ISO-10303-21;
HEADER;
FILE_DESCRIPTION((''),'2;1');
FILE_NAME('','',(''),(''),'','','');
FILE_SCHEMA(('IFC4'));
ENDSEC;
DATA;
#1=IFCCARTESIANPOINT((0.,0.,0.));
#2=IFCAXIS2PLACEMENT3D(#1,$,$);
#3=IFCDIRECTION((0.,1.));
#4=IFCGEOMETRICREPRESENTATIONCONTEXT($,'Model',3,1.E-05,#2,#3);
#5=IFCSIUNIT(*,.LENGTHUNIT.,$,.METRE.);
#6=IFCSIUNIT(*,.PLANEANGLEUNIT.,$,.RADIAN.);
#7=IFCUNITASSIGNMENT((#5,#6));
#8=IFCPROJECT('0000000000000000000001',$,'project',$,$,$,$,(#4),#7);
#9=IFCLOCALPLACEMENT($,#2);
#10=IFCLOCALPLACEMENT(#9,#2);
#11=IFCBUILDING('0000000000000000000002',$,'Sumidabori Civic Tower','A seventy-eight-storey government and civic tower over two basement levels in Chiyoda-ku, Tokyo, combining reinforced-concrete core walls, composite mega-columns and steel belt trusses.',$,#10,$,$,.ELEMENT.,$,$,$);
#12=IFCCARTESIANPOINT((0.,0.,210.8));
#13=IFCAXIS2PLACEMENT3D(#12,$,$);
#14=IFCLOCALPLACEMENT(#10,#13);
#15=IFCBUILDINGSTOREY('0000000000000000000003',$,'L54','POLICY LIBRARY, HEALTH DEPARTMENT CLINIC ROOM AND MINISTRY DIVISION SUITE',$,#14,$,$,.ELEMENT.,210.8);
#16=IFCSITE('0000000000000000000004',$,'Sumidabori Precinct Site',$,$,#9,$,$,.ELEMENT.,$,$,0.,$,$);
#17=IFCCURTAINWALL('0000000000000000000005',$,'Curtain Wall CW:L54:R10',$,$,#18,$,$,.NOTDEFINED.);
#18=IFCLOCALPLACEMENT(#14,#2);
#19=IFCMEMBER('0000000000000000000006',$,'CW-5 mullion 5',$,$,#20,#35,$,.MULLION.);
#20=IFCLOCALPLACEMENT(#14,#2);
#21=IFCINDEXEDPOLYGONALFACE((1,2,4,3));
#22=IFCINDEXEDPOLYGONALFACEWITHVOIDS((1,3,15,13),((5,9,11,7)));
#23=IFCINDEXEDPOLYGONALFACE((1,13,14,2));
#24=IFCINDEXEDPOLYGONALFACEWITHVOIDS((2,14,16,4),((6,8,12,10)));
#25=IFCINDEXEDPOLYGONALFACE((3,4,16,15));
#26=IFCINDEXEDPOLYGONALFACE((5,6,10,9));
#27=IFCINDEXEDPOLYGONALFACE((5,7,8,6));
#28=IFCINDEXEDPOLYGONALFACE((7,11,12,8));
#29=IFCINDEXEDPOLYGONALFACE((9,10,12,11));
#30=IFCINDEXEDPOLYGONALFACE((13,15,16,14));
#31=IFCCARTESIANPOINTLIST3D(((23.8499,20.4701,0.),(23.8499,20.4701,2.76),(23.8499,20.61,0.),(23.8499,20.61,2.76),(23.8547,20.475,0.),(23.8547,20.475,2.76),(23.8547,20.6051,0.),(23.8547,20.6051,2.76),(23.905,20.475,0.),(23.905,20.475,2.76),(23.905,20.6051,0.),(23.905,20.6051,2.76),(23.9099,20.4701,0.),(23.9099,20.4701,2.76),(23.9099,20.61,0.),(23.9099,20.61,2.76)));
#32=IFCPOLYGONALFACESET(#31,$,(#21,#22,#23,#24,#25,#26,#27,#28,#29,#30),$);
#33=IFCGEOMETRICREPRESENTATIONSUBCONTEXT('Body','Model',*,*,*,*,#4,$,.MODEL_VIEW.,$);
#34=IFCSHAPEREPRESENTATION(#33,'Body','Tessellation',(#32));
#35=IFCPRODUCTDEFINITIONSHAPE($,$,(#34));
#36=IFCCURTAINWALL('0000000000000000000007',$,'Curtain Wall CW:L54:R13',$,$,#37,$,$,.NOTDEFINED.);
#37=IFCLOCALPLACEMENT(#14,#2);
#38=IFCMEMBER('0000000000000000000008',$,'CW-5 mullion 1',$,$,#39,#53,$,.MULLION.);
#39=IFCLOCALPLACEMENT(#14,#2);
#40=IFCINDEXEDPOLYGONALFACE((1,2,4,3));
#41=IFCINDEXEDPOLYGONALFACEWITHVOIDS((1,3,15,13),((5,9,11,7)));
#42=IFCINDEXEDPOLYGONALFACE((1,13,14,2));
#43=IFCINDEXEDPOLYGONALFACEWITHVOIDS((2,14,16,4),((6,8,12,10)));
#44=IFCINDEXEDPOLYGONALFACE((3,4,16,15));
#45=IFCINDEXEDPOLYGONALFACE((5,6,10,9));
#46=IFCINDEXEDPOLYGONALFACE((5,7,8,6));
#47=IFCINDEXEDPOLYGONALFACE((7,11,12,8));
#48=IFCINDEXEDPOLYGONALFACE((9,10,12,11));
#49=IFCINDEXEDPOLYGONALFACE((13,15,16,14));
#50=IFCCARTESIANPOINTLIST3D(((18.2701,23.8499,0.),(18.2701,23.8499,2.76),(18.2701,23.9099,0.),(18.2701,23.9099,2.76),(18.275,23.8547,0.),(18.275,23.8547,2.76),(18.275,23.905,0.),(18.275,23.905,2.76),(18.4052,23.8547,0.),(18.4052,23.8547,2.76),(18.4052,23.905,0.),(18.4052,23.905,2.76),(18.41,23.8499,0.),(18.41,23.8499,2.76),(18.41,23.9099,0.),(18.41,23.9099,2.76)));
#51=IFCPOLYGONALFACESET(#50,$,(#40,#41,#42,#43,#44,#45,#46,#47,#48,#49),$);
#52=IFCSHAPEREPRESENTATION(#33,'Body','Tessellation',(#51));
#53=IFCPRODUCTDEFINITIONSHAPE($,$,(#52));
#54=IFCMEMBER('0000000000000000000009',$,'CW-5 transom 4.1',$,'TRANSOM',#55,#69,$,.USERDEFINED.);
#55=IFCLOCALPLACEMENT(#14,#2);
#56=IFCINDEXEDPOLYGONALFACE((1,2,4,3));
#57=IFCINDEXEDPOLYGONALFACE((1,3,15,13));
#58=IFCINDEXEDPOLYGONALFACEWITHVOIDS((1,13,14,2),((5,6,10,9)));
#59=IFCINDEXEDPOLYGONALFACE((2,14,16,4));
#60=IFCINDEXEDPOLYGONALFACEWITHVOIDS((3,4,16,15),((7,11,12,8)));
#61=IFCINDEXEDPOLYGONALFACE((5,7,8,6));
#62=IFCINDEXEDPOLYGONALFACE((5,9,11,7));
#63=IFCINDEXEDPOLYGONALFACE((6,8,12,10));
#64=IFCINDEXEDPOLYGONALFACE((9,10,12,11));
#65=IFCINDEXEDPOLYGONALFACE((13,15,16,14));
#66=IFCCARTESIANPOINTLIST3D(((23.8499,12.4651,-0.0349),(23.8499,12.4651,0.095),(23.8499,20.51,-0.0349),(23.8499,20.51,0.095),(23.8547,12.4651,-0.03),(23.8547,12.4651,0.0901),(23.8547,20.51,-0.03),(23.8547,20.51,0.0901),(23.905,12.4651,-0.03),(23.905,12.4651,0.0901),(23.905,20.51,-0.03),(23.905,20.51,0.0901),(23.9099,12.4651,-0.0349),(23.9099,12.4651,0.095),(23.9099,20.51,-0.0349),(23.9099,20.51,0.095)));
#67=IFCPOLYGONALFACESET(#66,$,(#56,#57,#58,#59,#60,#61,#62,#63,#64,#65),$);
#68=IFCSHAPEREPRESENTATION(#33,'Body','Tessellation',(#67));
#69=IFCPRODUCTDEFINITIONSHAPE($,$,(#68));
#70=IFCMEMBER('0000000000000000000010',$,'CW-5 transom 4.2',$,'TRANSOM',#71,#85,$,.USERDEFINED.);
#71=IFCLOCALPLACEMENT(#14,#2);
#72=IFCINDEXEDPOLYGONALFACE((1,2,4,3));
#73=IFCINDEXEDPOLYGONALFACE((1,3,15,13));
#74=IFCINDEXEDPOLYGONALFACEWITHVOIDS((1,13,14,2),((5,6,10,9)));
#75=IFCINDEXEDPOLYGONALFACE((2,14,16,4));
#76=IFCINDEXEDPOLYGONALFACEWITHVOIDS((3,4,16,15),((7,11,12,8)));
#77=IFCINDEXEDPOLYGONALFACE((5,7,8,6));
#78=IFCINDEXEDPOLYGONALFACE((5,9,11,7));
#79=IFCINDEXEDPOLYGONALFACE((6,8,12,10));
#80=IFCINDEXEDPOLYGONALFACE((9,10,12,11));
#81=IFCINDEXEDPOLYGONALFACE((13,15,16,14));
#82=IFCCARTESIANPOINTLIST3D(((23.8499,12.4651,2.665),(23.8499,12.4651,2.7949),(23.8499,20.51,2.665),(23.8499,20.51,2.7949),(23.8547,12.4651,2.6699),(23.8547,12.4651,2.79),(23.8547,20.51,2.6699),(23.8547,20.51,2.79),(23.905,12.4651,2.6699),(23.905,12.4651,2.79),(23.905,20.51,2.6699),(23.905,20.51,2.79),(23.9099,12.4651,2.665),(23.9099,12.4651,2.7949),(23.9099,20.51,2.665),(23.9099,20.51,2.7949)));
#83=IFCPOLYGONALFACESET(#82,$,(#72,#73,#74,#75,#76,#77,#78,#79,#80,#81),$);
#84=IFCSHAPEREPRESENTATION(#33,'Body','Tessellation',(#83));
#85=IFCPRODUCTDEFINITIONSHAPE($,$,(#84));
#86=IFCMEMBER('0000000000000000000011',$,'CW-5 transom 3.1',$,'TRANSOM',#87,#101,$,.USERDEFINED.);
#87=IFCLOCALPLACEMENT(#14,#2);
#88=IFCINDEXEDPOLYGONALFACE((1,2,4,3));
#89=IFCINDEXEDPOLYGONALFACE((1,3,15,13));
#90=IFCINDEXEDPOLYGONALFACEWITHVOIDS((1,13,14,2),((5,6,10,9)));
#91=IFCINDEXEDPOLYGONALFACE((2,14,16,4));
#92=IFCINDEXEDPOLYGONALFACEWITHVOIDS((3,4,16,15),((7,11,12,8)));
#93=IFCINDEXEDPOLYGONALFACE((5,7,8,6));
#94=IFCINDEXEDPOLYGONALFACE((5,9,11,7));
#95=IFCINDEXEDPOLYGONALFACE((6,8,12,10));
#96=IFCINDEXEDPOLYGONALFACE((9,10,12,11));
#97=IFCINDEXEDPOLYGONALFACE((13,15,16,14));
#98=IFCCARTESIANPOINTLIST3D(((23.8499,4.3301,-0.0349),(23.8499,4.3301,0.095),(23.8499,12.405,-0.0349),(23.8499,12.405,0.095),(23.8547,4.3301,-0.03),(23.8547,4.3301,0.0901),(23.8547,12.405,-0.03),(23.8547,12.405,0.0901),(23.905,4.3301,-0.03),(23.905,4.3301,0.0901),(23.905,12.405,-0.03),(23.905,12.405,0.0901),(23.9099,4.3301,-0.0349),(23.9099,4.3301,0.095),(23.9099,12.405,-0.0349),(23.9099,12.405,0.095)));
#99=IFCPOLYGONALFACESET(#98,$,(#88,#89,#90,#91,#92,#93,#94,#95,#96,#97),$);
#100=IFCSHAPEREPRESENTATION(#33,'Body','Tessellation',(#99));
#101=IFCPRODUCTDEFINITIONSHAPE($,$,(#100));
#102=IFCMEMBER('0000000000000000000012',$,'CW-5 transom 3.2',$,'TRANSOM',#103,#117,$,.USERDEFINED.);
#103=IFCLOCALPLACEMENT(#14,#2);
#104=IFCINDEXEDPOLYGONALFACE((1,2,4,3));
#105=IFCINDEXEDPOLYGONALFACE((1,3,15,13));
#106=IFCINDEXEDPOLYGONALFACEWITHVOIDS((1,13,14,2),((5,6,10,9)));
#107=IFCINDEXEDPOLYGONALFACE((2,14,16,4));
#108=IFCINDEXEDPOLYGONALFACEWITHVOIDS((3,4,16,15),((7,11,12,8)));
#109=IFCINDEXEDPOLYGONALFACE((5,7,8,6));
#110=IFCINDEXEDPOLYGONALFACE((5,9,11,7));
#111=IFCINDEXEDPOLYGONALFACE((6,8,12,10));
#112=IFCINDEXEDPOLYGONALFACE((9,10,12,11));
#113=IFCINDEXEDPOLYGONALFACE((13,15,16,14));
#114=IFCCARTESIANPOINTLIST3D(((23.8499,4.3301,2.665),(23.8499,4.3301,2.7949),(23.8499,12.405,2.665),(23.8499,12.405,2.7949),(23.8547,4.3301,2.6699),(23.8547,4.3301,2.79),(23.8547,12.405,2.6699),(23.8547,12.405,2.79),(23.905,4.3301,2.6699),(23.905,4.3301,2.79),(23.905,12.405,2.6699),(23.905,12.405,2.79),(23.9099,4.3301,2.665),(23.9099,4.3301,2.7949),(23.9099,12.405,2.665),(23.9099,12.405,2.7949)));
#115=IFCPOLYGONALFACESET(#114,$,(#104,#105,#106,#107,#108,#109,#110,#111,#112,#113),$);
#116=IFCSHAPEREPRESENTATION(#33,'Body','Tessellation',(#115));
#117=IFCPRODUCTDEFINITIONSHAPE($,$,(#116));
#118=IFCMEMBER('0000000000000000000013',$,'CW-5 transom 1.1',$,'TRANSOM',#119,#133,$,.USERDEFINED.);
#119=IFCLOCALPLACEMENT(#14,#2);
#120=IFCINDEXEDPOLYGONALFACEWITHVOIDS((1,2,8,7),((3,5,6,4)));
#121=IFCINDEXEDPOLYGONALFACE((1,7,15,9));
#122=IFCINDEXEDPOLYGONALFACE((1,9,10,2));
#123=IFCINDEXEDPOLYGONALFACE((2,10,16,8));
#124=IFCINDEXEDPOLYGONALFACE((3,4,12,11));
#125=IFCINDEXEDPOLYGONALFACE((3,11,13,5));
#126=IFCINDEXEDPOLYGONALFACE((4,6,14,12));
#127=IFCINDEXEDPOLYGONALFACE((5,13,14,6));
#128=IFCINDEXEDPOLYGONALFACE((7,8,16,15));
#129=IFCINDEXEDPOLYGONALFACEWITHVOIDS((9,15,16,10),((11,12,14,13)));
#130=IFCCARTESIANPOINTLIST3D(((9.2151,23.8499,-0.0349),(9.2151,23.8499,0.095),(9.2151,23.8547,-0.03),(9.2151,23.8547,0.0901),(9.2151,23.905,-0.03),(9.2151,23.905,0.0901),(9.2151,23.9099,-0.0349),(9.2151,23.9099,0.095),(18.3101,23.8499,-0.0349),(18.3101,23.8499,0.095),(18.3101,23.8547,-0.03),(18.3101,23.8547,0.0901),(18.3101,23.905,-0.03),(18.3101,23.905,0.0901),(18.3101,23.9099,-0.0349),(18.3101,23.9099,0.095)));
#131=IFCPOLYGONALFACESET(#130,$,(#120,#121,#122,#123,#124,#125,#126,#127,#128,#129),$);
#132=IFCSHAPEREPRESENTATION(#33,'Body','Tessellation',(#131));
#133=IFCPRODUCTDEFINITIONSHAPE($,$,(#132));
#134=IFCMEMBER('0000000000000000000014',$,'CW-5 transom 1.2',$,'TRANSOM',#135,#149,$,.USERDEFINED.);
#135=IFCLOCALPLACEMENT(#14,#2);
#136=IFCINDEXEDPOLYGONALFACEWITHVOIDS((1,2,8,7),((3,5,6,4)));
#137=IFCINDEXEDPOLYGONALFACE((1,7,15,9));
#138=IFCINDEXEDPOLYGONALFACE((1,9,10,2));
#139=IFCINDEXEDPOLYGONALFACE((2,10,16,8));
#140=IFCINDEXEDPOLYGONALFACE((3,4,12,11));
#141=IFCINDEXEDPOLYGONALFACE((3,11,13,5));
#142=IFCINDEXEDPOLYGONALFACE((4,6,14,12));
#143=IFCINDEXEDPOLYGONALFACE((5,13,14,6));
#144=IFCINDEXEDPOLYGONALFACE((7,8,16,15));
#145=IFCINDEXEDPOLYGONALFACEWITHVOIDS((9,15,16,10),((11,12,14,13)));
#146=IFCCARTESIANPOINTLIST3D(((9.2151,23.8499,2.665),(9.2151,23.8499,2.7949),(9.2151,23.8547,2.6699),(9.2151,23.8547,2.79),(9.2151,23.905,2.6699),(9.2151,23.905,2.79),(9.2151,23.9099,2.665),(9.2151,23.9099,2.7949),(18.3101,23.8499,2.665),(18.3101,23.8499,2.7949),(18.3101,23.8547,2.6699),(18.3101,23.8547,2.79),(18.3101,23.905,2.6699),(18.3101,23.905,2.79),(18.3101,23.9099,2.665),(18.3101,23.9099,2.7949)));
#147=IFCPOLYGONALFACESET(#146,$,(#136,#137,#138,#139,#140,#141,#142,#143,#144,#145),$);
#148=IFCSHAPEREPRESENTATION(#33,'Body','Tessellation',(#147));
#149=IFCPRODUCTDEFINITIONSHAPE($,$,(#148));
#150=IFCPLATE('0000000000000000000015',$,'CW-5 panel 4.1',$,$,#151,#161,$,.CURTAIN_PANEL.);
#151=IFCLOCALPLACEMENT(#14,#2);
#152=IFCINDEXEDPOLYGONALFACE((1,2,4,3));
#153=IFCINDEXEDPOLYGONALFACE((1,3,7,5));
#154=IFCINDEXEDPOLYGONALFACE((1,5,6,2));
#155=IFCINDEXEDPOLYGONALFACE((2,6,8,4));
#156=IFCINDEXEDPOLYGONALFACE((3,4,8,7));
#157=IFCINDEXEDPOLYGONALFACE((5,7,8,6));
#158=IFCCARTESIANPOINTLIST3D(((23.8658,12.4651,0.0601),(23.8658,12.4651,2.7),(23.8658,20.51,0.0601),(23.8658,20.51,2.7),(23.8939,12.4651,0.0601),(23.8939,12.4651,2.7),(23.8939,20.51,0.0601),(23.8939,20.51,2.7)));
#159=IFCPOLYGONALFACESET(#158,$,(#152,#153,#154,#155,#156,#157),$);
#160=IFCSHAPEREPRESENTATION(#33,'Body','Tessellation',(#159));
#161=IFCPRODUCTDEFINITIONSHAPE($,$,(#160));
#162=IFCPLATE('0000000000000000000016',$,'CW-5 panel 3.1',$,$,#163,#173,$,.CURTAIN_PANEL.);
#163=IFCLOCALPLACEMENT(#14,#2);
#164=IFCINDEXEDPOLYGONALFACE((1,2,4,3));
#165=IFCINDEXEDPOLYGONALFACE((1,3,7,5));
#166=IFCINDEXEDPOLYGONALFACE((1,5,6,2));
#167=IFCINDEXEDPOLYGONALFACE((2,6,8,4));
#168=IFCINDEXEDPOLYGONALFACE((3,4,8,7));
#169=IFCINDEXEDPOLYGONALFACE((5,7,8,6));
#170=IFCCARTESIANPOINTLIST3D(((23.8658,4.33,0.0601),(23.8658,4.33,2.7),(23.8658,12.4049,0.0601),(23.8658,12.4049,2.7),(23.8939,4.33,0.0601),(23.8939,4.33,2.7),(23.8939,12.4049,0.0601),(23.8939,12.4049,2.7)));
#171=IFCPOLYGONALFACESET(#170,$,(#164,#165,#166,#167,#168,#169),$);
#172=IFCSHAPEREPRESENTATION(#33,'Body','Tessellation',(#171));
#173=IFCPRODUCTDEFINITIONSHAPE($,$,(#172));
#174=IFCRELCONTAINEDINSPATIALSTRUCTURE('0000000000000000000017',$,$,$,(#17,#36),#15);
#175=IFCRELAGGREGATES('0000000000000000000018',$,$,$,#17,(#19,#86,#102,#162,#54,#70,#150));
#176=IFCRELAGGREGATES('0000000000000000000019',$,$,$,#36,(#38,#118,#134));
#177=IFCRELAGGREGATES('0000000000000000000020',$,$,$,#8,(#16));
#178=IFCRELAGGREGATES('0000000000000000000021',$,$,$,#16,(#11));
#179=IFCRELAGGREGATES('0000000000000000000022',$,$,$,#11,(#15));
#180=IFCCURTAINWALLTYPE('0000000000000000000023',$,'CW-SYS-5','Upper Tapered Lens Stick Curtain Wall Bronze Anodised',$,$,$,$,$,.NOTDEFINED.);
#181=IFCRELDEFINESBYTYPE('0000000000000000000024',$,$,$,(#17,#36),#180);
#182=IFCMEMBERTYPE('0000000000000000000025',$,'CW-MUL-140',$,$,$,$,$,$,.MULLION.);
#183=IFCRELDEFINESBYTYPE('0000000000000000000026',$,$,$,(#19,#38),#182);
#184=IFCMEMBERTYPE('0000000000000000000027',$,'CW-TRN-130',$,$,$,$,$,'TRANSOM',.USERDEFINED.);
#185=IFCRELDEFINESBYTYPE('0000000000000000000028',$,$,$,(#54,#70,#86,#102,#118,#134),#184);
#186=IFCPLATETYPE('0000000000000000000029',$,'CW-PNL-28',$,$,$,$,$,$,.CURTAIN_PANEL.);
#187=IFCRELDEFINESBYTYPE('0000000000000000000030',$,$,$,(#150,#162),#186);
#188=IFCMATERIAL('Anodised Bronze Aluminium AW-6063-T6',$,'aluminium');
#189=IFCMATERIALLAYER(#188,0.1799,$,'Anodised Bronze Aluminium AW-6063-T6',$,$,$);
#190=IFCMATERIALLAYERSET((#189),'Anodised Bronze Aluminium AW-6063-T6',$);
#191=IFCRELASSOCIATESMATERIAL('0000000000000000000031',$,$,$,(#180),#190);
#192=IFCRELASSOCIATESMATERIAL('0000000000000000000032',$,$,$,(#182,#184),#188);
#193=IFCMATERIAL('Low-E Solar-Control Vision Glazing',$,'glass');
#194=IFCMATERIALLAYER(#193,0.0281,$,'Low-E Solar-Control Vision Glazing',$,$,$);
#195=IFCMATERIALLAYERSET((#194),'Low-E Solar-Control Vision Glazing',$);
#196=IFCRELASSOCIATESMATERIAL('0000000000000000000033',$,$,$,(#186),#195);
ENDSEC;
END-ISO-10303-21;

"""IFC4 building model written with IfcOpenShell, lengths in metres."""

from ifc_helpers import new_model, si_unit, direction, frame, origin, origin_2d, place, context, subcontext, project, spatial, rectangle, hollow_rectangle, extrude, source, transform, mapped, material, layer, layer_set, material_profile, profile_set, type_object, element, aggregate, save


model = new_model("IFC4")

# Units and contexts
model_context = context("Model", 3, precision=1e-05, world=origin(), true_north=direction((0.0, 1.0)))
body_context = subcontext(model_context, "Body", "Model", "MODEL_VIEW")
ifc_project = project(units=[si_unit("LENGTHUNIT", "METRE"), si_unit("PLANEANGLEUNIT", "RADIAN")], contexts=[model_context])

# Site, building, storey
site_placement = place(None, origin())
site = spatial("IfcSite", under=ifc_project, at=site_placement, Name="Sumidabori Precinct Site", CompositionType="ELEMENT", RefElevation=0.0)
building_placement = place(site_placement, origin())
building = spatial("IfcBuilding", under=site, at=building_placement, Name="Sumidabori Civic Tower", Description="A seventy-eight-storey government and civic tower over two basement levels in Chiyoda-ku, Tokyo, combining reinforced-concrete core walls, composite mega-columns and steel belt trusses.", CompositionType="ELEMENT")
storey_placement = place(building_placement, frame((0.0, 0.0, 210.8)))
storey = spatial("IfcBuildingStorey", under=building, at=storey_placement, Name="L54", Description="POLICY LIBRARY, HEALTH DEPARTMENT CLINIC ROOM AND MINISTRY DIVISION SUITE", CompositionType="ELEMENT", Elevation=210.8)

# Curtain wall, member
ifc_material_1 = material(Name="Anodised Bronze Aluminium AW-6063-T6", Category="aluminium")
ifc_layer_1 = layer(ifc_material_1, 0.1799, Name="Anodised Bronze Aluminium AW-6063-T6")
ifc_layer_set_1 = layer_set([ifc_layer_1], Name="Anodised Bronze Aluminium AW-6063-T6")
curtain_wall_type = type_object("IfcCurtainWallType", Name="CW-SYS-5", Description="Upper Tapered Lens Stick Curtain Wall Bronze Anodised", PredefinedType="NOTDEFINED", material=ifc_layer_set_1)
curtain_wall_1_placement = place(storey_placement, origin())
curtain_wall_1 = element("IfcCurtainWall", 1, at=curtain_wall_1_placement, inside=storey, type_object=curtain_wall_type, Name="Curtain Wall CW:L54:R10", PredefinedType="NOTDEFINED")
ifc_material_profile_1 = material_profile(ifc_material_1, hollow_rectangle(XDim=0.0601, YDim=0.1399, WallThickness=0.0049, at=origin_2d()), Name="ALU MULLION 140x60")
ifc_profile_set_1 = profile_set([ifc_material_profile_1], Name="Anodised Bronze Aluminium AW-6063-T6")
member_type_1 = type_object("IfcMemberType", Name="CW-MUL-140", PredefinedType="MULLION", material=ifc_profile_set_1)
shared_shape_1 = source(origin(), body_context, "Body", "SweptSolid", [
    extrude(hollow_rectangle(XDim=0.0601, YDim=0.1399, WallThickness=0.0049, at=origin_2d()), origin(), (0.0, 0.0, 1.0), 2.76),
])
member_1_placement = place(storey_placement, frame((23.8799, 20.54, 0.0), z_axis=(0.0, 0.0, 1.0), x_axis=(-1.0, 0.0, 0.0)))
member_1 = element("IfcMember", 2, at=member_1_placement, type_object=member_type_1, Name="CW-5 mullion 5", PredefinedType="MULLION", context=body_context, shape_type="MappedRepresentation", body=[
    mapped(shared_shape_1, transform((0.0, 0.0, 0.0), x_axis=(1.0, 0.0, 0.0), y_axis=(0.0, 1.0, 0.0), z_axis=(0.0, 0.0, 1.0), scale=1.0)),
])

# Curtain wall, member
curtain_wall_2_placement = place(storey_placement, origin())
curtain_wall_2 = element("IfcCurtainWall", 3, at=curtain_wall_2_placement, inside=storey, type_object=curtain_wall_type, Name="Curtain Wall CW:L54:R13", PredefinedType="NOTDEFINED")
member_2_placement = place(storey_placement, frame((18.3401, 23.8799, 0.0), z_axis=(0.0, 0.0, 1.0), x_axis=(0.0, -1.0, 0.0)))
member_2 = element("IfcMember", 4, at=member_2_placement, type_object=member_type_1, Name="CW-5 mullion 1", PredefinedType="MULLION", context=body_context, shape_type="MappedRepresentation", body=[
    mapped(shared_shape_1, transform((0.0, 0.0, 0.0), x_axis=(1.0, 0.0, 0.0), y_axis=(0.0, 1.0, 0.0), z_axis=(0.0, 0.0, 1.0), scale=1.0)),
])

# Members
ifc_material_profile_2 = material_profile(ifc_material_1, hollow_rectangle(XDim=0.0601, YDim=0.1299, WallThickness=0.0049, at=origin_2d()), Name="ALU TRANSOM 130x60")
ifc_profile_set_2 = profile_set([ifc_material_profile_2], Name="Anodised Bronze Aluminium AW-6063-T6")
member_type_2 = type_object("IfcMemberType", Name="CW-TRN-130", ElementType="TRANSOM", PredefinedType="USERDEFINED", material=ifc_profile_set_2)
shared_shape_2 = source(origin(), body_context, "Body", "SweptSolid", [
    extrude(hollow_rectangle(XDim=0.0601, YDim=0.1299, WallThickness=0.0049, at=origin_2d()), origin(), (0.0, 0.0, 1.0), 8.0449),
])
member_3_placement = place(storey_placement, frame((23.8799, 12.4651, 0.03), z_axis=(0.0, 1.0, 0.0), x_axis=(-1.0, 0.0, 0.0)))
member_3 = element("IfcMember", 5, at=member_3_placement, type_object=member_type_2, Name="CW-5 transom 4.1", ObjectType="TRANSOM", PredefinedType="USERDEFINED", context=body_context, shape_type="MappedRepresentation", body=[
    mapped(shared_shape_2, transform((0.0, 0.0, 0.0), x_axis=(1.0, 0.0, 0.0), y_axis=(0.0, 1.0, 0.0), z_axis=(0.0, 0.0, 1.0), scale=1.0)),
])
member_4_placement = place(storey_placement, frame((23.8799, 12.4651, 2.73), z_axis=(0.0, 1.0, 0.0), x_axis=(-1.0, 0.0, 0.0)))
member_4 = element("IfcMember", 6, at=member_4_placement, type_object=member_type_2, Name="CW-5 transom 4.2", ObjectType="TRANSOM", PredefinedType="USERDEFINED", context=body_context, shape_type="MappedRepresentation", body=[
    mapped(shared_shape_2, transform((0.0, 0.0, 0.0), x_axis=(1.0, 0.0, 0.0), y_axis=(0.0, 1.0, 0.0), z_axis=(0.0, 0.0, 1.0), scale=1.0)),
])
shared_shape_3 = source(origin(), body_context, "Body", "SweptSolid", [
    extrude(hollow_rectangle(XDim=0.0601, YDim=0.1299, WallThickness=0.0049, at=origin_2d()), origin(), (0.0, 0.0, 1.0), 8.075),
])
member_5_placement = place(storey_placement, frame((23.8799, 4.3301, 0.03), z_axis=(0.0, 1.0, 0.0), x_axis=(-1.0, 0.0, 0.0)))
member_5 = element("IfcMember", 7, at=member_5_placement, type_object=member_type_2, Name="CW-5 transom 3.1", ObjectType="TRANSOM", PredefinedType="USERDEFINED", context=body_context, shape_type="MappedRepresentation", body=[
    mapped(shared_shape_3, transform((0.0, 0.0, 0.0), x_axis=(1.0, 0.0, 0.0), y_axis=(0.0, 1.0, 0.0), z_axis=(0.0, 0.0, 1.0), scale=1.0)),
])
member_6_placement = place(storey_placement, frame((23.8799, 4.3301, 2.73), z_axis=(0.0, 1.0, 0.0), x_axis=(-1.0, 0.0, 0.0)))
member_6 = element("IfcMember", 8, at=member_6_placement, type_object=member_type_2, Name="CW-5 transom 3.2", ObjectType="TRANSOM", PredefinedType="USERDEFINED", context=body_context, shape_type="MappedRepresentation", body=[
    mapped(shared_shape_3, transform((0.0, 0.0, 0.0), x_axis=(1.0, 0.0, 0.0), y_axis=(0.0, 1.0, 0.0), z_axis=(0.0, 0.0, 1.0), scale=1.0)),
])
shared_shape_4 = source(origin(), body_context, "Body", "SweptSolid", [
    extrude(hollow_rectangle(XDim=0.0601, YDim=0.1299, WallThickness=0.0049, at=origin_2d()), origin(), (0.0, 0.0, 1.0), 9.095),
])
member_7_placement = place(storey_placement, frame((18.3101, 23.8799, 0.03), z_axis=(-1.0, 0.0, 0.0), x_axis=(0.0, -1.0, 0.0)))
member_7 = element("IfcMember", 9, at=member_7_placement, type_object=member_type_2, Name="CW-5 transom 1.1", ObjectType="TRANSOM", PredefinedType="USERDEFINED", context=body_context, shape_type="MappedRepresentation", body=[
    mapped(shared_shape_4, transform((0.0, 0.0, 0.0), x_axis=(1.0, 0.0, 0.0), y_axis=(0.0, 1.0, 0.0), z_axis=(0.0, 0.0, 1.0), scale=1.0)),
])
member_8_placement = place(storey_placement, frame((18.3101, 23.8799, 2.73), z_axis=(-1.0, 0.0, 0.0), x_axis=(0.0, -1.0, 0.0)))
member_8 = element("IfcMember", 10, at=member_8_placement, type_object=member_type_2, Name="CW-5 transom 1.2", ObjectType="TRANSOM", PredefinedType="USERDEFINED", context=body_context, shape_type="MappedRepresentation", body=[
    mapped(shared_shape_4, transform((0.0, 0.0, 0.0), x_axis=(1.0, 0.0, 0.0), y_axis=(0.0, 1.0, 0.0), z_axis=(0.0, 0.0, 1.0), scale=1.0)),
])

# Plates
ifc_material_2 = material(Name="Low-E Solar-Control Vision Glazing", Category="glass")
ifc_layer_2 = layer(ifc_material_2, 0.0281, Name="Low-E Solar-Control Vision Glazing")
ifc_layer_set_2 = layer_set([ifc_layer_2], Name="Low-E Solar-Control Vision Glazing")
plate_type = type_object("IfcPlateType", Name="CW-PNL-28", PredefinedType="CURTAIN_PANEL", material=ifc_layer_set_2)
shared_shape_5 = source(origin(), body_context, "Body", "SweptSolid", [
    extrude(rectangle(XDim=8.0449, YDim=0.0281, at=origin_2d()), origin(), (0.0, 0.0, 1.0), 2.6399),
])
plate_1_placement = place(storey_placement, frame((23.8799, 16.4875, 0.0601), z_axis=(0.0, 0.0, 1.0), x_axis=(0.0, 1.0, 0.0)))
plate_1 = element("IfcPlate", 11, at=plate_1_placement, type_object=plate_type, Name="CW-5 panel 4.1", PredefinedType="CURTAIN_PANEL", context=body_context, shape_type="MappedRepresentation", body=[
    mapped(shared_shape_5, transform((0.0, 0.0, 0.0), x_axis=(1.0, 0.0, 0.0), y_axis=(0.0, 1.0, 0.0), z_axis=(0.0, 0.0, 1.0), scale=1.0)),
])
shared_shape_6 = source(origin(), body_context, "Body", "SweptSolid", [
    extrude(rectangle(XDim=8.075, YDim=0.0281, at=origin_2d()), origin(), (0.0, 0.0, 1.0), 2.6399),
])
plate_2_placement = place(storey_placement, frame((23.8799, 8.3674, 0.0601), z_axis=(0.0, 0.0, 1.0), x_axis=(0.0, 1.0, 0.0)))
plate_2 = element("IfcPlate", 12, at=plate_2_placement, type_object=plate_type, Name="CW-5 panel 3.1", PredefinedType="CURTAIN_PANEL", context=body_context, shape_type="MappedRepresentation", body=[
    mapped(shared_shape_6, transform((0.0, 0.0, 0.0), x_axis=(1.0, 0.0, 0.0), y_axis=(0.0, 1.0, 0.0), z_axis=(0.0, 0.0, 1.0), scale=1.0)),
])
aggregate(curtain_wall_1, [member_1, member_5, member_6, plate_2, member_3, member_4, plate_1])
aggregate(curtain_wall_2, [member_2, member_7, member_8])

save(model, "model.ifc")
